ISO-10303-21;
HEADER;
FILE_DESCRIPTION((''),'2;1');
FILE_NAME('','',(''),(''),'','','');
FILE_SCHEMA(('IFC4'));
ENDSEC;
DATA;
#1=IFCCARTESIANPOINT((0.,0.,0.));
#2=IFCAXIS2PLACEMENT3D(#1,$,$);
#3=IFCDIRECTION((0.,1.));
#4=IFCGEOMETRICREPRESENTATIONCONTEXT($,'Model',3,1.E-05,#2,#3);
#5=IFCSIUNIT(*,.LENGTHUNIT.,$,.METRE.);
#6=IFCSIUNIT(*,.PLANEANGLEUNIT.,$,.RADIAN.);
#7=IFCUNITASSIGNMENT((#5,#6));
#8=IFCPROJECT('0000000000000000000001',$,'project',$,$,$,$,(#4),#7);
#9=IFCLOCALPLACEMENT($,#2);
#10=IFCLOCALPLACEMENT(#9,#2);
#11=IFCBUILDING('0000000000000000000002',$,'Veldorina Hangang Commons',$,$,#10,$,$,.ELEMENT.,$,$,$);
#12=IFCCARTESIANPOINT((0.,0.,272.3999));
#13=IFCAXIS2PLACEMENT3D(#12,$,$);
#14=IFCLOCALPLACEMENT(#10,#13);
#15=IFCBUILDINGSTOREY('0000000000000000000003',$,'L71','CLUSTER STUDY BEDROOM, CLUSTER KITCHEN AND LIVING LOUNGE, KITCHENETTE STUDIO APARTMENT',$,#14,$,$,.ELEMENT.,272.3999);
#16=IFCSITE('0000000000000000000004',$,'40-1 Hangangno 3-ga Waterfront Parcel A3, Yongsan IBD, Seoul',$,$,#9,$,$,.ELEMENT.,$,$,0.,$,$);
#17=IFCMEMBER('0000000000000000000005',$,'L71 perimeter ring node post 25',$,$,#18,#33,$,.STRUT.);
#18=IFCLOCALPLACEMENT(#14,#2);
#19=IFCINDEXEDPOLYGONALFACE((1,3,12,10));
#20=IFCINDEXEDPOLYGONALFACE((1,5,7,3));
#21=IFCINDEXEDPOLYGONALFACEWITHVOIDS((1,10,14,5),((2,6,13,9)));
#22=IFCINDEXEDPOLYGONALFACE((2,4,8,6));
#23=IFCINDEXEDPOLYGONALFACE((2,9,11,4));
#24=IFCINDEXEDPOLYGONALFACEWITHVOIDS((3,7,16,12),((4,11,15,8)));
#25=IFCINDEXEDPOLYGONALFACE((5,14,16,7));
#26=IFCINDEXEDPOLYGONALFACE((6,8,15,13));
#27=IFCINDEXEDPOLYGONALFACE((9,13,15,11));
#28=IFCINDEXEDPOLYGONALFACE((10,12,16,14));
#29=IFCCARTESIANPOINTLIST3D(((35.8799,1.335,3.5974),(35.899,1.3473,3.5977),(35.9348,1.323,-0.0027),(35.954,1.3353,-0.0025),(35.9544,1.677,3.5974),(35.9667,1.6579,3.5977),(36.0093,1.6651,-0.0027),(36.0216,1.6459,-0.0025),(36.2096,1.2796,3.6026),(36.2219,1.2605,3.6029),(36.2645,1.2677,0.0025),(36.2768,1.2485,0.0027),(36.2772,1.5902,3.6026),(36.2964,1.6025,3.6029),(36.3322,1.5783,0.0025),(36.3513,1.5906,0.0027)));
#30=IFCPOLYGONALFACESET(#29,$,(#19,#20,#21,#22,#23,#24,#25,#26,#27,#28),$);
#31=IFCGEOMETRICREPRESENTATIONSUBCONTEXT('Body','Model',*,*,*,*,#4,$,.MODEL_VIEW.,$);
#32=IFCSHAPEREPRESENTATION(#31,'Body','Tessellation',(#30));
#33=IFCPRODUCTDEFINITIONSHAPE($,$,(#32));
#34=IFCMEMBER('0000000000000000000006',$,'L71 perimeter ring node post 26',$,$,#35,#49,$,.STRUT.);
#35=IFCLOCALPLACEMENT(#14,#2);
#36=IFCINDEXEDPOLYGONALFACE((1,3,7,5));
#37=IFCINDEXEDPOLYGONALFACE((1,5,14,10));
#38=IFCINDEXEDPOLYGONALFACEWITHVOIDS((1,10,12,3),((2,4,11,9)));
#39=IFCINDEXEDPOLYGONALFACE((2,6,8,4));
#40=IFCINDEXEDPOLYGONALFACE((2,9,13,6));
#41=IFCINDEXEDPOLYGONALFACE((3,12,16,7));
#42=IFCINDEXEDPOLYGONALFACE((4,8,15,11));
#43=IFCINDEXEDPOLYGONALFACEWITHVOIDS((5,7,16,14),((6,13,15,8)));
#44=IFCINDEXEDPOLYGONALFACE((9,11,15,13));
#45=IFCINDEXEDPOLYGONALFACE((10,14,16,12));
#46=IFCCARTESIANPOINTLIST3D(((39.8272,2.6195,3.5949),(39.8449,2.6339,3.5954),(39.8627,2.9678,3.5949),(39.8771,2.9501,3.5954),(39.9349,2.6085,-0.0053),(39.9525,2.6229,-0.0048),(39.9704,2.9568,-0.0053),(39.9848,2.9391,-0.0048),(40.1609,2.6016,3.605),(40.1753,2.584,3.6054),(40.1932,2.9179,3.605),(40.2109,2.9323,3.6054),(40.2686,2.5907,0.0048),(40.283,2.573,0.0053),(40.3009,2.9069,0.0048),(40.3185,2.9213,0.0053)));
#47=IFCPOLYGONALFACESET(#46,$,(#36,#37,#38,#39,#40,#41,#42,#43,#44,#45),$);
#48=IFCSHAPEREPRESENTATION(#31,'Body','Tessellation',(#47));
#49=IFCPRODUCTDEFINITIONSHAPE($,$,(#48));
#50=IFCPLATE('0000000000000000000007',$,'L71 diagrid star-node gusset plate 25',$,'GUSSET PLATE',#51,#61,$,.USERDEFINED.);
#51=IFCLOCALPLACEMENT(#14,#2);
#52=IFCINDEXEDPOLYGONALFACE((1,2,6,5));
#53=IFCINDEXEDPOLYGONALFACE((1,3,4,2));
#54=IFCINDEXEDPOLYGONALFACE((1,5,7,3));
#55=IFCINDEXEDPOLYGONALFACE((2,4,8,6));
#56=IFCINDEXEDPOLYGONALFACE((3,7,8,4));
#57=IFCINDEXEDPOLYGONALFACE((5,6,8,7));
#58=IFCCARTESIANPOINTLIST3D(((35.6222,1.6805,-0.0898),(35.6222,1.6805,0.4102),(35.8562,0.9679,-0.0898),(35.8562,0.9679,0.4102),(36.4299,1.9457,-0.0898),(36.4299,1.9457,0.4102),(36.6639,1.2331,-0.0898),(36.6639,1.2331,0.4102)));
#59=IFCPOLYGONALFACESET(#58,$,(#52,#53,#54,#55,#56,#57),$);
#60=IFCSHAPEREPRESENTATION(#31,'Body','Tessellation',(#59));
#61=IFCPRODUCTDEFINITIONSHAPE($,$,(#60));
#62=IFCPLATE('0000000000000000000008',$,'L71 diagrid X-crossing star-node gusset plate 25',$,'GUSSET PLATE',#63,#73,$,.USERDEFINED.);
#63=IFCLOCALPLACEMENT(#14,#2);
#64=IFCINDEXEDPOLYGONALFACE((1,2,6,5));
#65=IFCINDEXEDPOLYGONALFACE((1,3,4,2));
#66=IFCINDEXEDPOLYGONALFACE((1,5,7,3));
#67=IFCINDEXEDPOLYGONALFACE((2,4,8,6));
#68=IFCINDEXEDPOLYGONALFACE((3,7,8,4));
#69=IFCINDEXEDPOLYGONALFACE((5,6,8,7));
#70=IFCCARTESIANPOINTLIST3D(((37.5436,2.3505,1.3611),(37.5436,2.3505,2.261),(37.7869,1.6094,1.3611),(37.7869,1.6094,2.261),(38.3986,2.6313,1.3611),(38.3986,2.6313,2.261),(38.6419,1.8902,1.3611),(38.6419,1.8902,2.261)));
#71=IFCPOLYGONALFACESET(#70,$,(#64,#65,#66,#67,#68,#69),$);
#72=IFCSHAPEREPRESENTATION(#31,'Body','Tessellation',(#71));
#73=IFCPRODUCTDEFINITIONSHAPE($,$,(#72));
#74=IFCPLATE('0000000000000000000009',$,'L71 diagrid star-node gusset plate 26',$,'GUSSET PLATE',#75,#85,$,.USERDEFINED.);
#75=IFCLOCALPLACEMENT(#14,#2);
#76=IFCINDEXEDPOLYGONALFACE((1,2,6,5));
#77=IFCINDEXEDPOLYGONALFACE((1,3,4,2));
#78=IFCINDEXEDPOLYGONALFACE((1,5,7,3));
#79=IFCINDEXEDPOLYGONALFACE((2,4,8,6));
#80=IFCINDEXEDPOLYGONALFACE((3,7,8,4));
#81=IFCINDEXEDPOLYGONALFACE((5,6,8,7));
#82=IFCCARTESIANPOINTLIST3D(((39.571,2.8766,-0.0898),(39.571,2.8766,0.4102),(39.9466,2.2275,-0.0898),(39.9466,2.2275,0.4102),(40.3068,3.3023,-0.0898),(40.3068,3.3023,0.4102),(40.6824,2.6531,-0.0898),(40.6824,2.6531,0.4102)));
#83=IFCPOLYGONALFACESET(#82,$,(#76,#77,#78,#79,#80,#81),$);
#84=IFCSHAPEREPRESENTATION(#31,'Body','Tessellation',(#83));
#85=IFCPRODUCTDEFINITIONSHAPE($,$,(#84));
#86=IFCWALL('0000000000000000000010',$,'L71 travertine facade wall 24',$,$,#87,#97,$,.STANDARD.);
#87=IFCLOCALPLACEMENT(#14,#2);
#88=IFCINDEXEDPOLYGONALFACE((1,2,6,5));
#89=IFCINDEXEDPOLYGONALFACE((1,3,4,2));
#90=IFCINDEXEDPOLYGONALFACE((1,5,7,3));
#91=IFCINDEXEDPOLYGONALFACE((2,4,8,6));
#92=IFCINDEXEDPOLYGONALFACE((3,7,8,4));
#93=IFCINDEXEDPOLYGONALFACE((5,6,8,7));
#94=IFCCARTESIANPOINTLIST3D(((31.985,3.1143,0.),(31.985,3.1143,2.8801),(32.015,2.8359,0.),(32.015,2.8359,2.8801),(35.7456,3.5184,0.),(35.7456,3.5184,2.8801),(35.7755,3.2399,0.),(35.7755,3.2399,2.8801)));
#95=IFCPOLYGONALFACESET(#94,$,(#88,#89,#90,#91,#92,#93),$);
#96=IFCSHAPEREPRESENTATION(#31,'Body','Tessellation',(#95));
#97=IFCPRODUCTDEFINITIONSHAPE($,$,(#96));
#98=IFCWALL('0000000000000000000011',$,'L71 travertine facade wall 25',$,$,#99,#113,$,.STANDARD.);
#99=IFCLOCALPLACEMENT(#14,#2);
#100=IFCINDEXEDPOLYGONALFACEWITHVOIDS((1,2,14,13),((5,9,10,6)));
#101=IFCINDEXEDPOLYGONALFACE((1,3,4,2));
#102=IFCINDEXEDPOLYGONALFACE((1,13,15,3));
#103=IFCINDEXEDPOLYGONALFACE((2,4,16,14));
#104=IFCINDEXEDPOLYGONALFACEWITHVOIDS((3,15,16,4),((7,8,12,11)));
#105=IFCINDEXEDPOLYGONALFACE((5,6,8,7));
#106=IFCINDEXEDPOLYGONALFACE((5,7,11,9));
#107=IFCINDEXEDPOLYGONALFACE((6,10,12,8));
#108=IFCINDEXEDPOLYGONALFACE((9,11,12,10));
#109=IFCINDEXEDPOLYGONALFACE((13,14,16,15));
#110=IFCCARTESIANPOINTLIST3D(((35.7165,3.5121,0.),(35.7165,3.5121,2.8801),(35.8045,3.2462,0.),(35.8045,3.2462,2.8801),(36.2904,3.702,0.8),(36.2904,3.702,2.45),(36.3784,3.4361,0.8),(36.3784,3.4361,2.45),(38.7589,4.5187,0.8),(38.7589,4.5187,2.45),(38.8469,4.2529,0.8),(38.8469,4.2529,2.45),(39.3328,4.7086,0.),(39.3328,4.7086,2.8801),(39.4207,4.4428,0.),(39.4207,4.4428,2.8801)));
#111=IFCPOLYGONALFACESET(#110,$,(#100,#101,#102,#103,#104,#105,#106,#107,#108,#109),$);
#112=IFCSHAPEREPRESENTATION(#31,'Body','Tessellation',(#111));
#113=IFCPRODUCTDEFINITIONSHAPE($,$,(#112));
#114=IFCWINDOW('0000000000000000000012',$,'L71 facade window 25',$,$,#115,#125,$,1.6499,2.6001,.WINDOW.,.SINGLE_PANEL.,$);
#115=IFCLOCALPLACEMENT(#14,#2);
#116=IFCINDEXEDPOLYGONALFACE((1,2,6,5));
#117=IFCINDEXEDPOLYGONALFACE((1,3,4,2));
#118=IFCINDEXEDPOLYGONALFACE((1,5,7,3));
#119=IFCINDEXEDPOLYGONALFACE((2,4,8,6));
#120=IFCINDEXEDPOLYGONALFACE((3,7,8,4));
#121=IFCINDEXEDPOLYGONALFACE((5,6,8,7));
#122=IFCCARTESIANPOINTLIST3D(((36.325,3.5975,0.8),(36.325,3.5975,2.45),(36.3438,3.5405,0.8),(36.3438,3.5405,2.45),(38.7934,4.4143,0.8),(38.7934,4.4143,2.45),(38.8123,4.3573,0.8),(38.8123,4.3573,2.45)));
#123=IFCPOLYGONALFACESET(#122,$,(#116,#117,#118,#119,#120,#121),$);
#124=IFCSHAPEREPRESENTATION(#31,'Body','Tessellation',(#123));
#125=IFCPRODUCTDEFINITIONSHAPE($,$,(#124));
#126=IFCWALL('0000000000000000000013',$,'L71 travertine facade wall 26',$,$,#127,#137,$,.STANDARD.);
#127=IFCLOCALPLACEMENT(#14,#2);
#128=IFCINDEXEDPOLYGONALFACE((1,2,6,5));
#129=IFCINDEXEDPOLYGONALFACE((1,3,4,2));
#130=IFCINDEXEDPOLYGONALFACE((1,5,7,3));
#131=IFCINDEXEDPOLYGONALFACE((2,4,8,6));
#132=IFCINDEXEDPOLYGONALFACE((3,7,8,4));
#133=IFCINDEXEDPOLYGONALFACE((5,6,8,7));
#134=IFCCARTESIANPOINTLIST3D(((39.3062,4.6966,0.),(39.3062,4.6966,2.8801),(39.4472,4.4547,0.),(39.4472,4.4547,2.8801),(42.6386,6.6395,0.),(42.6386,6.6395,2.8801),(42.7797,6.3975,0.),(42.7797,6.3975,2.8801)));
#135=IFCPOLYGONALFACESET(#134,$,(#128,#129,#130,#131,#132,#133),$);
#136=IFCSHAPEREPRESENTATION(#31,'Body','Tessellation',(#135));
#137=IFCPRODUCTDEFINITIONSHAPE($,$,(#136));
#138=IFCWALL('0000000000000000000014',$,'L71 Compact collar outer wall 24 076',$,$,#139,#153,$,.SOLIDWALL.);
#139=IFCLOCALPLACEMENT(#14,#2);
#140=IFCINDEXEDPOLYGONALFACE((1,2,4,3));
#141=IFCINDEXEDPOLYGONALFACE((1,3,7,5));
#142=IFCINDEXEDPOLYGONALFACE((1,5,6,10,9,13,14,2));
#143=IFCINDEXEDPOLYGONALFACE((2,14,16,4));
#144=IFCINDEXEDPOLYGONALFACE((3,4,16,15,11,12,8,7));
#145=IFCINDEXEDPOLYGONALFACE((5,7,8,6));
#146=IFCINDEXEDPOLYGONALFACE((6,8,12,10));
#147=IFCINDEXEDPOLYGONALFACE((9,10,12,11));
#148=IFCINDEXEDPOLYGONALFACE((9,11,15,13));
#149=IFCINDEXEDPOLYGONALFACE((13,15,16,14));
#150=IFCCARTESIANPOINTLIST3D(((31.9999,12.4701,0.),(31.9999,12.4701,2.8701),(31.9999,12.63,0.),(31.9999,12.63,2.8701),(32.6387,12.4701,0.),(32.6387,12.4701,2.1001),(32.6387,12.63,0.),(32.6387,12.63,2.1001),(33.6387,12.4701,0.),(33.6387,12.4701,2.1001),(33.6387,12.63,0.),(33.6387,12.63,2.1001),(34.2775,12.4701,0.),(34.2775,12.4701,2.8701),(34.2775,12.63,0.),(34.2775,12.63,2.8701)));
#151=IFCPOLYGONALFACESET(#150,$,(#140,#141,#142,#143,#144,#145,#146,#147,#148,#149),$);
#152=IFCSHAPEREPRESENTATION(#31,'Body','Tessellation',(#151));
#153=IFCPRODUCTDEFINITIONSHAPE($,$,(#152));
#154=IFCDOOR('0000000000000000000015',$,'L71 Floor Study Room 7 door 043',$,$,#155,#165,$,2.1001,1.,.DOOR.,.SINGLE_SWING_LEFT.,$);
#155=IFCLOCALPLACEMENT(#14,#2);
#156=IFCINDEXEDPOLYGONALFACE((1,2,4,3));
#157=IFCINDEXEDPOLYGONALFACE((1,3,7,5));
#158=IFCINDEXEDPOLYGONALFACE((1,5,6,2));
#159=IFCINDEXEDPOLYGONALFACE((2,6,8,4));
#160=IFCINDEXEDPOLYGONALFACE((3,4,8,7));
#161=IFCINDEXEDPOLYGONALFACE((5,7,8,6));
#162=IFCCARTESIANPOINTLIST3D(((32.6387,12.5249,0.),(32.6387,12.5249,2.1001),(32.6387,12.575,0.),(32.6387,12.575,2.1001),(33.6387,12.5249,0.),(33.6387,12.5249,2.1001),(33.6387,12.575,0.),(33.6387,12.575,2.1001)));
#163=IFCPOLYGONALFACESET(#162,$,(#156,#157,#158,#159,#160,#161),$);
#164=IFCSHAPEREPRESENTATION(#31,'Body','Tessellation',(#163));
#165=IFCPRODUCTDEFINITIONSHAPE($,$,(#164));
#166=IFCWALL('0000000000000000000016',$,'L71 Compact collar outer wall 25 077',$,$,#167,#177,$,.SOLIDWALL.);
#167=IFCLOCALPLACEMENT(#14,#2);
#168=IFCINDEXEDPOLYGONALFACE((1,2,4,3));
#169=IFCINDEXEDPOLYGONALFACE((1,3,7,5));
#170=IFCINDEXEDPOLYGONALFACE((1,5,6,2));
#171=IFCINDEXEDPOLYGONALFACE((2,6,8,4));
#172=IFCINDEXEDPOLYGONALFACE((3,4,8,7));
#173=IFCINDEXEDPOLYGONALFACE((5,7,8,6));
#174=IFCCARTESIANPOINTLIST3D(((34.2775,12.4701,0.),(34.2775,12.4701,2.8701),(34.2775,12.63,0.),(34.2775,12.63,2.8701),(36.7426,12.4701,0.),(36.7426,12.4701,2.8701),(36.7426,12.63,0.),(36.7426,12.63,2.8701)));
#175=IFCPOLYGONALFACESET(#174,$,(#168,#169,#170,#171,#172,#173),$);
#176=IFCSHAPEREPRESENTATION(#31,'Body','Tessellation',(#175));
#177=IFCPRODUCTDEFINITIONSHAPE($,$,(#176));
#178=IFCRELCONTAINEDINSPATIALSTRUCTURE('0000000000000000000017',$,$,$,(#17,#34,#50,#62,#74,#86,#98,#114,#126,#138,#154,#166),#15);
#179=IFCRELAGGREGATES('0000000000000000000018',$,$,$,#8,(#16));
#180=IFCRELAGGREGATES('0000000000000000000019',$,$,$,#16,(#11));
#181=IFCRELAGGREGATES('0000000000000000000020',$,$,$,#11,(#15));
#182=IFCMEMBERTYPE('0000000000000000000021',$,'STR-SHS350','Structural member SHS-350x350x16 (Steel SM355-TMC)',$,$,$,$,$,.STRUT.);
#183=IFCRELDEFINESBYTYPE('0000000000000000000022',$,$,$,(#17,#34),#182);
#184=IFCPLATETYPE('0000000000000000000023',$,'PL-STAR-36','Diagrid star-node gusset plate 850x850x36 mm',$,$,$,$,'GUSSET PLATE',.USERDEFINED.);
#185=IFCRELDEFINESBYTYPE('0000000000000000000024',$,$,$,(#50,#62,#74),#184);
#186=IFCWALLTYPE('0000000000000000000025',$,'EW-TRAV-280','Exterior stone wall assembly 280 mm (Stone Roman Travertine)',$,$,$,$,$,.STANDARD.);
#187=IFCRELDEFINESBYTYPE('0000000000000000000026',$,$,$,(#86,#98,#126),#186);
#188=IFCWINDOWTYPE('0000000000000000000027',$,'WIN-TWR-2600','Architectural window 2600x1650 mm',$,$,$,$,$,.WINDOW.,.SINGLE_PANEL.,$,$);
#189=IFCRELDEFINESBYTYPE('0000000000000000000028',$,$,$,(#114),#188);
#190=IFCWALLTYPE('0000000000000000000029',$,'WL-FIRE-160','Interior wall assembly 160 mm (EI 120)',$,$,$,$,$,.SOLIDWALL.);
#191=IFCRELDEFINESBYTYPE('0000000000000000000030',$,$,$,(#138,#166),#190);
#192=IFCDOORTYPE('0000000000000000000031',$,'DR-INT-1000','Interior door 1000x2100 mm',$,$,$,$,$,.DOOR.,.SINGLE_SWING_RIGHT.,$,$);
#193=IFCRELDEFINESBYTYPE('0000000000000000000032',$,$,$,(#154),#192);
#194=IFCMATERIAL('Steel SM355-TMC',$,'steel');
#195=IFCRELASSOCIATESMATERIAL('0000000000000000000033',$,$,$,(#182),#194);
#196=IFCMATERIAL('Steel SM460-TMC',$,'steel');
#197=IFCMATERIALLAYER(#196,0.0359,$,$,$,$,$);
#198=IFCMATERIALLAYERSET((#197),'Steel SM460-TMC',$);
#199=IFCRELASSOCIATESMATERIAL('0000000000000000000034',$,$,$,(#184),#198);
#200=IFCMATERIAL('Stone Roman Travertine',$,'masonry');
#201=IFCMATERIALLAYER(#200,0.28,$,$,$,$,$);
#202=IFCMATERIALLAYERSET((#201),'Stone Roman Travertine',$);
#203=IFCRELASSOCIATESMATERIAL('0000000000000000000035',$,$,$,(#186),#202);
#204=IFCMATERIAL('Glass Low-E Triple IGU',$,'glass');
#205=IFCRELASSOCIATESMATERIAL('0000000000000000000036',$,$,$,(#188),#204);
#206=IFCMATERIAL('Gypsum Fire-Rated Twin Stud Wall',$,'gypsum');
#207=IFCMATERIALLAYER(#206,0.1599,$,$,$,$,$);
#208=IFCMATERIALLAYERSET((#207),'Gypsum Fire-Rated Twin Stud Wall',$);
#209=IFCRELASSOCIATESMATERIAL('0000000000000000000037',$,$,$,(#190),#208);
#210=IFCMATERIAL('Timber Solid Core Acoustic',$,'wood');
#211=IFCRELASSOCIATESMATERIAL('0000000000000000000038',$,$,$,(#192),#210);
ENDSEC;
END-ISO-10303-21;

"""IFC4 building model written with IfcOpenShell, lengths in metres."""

from ifc_helpers import new_model, si_unit, direction, frame, frame_2d, origin, origin_2d, place, context, subcontext, project, spatial, rectangle, hollow_rectangle, extrude, material, layer, layer_set, material_profile, profile_set, type_object, element, fill, save


model = new_model("IFC4")

# Units and contexts
model_context = context("Model", 3, precision=1e-05, world=origin(), true_north=direction((0.0, 1.0)))
body_context = subcontext(model_context, "Body", "Model", "MODEL_VIEW")
ifc_project = project(units=[si_unit("LENGTHUNIT", "METRE"), si_unit("PLANEANGLEUNIT", "RADIAN")], contexts=[model_context])

# Site, building, storey
site_placement = place(None, origin())
site = spatial("IfcSite", under=ifc_project, at=site_placement, Name="40-1 Hangangno 3-ga Waterfront Parcel A3, Yongsan IBD, Seoul", CompositionType="ELEMENT", RefElevation=0.0)
building_placement = place(site_placement, origin())
building = spatial("IfcBuilding", under=site, at=building_placement, Name="Veldorina Hangang Commons", CompositionType="ELEMENT")
storey_placement = place(building_placement, frame((0.0, 0.0, 272.3999)))
storey = spatial("IfcBuildingStorey", under=building, at=storey_placement, Name="L71", Description="CLUSTER STUDY BEDROOM, CLUSTER KITCHEN AND LIVING LOUNGE, KITCHENETTE STUDIO APARTMENT", CompositionType="ELEMENT", Elevation=272.3999)

# Shared definitions
ifc_material_1 = material(Name="Steel SM355-TMC", Category="steel")

# Members
ifc_material_profile_1 = material_profile(ifc_material_1, hollow_rectangle(XDim=0.3501, YDim=0.3501, WallThickness=0.0161, at=origin_2d()), Name="SHS-350x350x16")
ifc_profile_set_1 = profile_set([ifc_material_profile_1], Name="Steel SM355-TMC")
member_type_1 = type_object("IfcMemberType", Name="STR-SHS350", Description="Structural member SHS-350x350x16 (Steel SM355-TMC)", PredefinedType="STRUT", material=ifc_profile_set_1)
member_1_placement = place(storey_placement, frame((36.1431, 1.4568, 0.0), z_axis=(-0.015257, 0.003323, 0.999878), x_axis=(-0.21279, -0.977098, 0.0)))
element("IfcMember", 1, at=member_1_placement, inside=storey, type_object=member_type_1, Name="L71 perimeter ring node post 25", PredefinedType="STRUT", context=body_context, shape_type="SweptSolid", body=[
    extrude(hollow_rectangle(XDim=0.3501, YDim=0.3501, WallThickness=0.0161, at=origin_2d()), origin(), (0.0, 0.0, 1.0), 3.6006),
])
member_2_placement = place(storey_placement, frame((40.1267, 2.7649, 0.0), z_axis=(-0.029893, 0.00305, 0.999548), x_axis=(-0.101514, -0.994834, 0.0)))
element("IfcMember", 2, at=member_2_placement, inside=storey, type_object=member_type_1, Name="L71 perimeter ring node post 26", PredefinedType="STRUT", context=body_context, shape_type="SweptSolid", body=[
    extrude(hollow_rectangle(XDim=0.3501, YDim=0.3501, WallThickness=0.0161, at=origin_2d()), origin(), (0.0, 0.0, 1.0), 3.6018),
])

# Plates
ifc_material_2 = material(Name="Steel SM460-TMC", Category="steel")
ifc_layer_1 = layer(ifc_material_2, 0.0359)
ifc_layer_set_1 = layer_set([ifc_layer_1], Name="Steel SM460-TMC")
plate_type = type_object("IfcPlateType", Name="PL-STAR-36", Description="Diagrid star-node gusset plate 850x850x36 mm", ElementType="GUSSET PLATE", PredefinedType="USERDEFINED", material=ifc_layer_set_1)
plate_1_placement = place(storey_placement, frame((36.1431, 1.4568, -0.0898), z_axis=(0.0, 0.0, 1.0), x_axis=(0.950097, 0.311954, 0.0)))
element("IfcPlate", 3, at=plate_1_placement, inside=storey, type_object=plate_type, Name="L71 diagrid star-node gusset plate 25", ObjectType="GUSSET PLATE", PredefinedType="USERDEFINED", context=body_context, shape_type="SweptSolid", body=[
    extrude(rectangle(XDim=0.8501, YDim=0.75, at=origin_2d()), origin(), (0.0, 0.0, 1.0), 0.5),
])
plate_2_placement = place(storey_placement, frame((38.0928, 2.1204, 1.3611), z_axis=(0.0, 0.0, 1.0), x_axis=(0.950097, 0.311954, 0.0)))
element("IfcPlate", 4, at=plate_2_placement, inside=storey, type_object=plate_type, Name="L71 diagrid X-crossing star-node gusset plate 25", ObjectType="GUSSET PLATE", PredefinedType="USERDEFINED", context=body_context, shape_type="SweptSolid", body=[
    extrude(rectangle(XDim=0.8999, YDim=0.78, at=origin_2d()), origin(), (0.0, 0.0, 1.0), 0.8999),
])
plate_3_placement = place(storey_placement, frame((40.1267, 2.7649, -0.0898), z_axis=(0.0, 0.0, 1.0), x_axis=(0.865589, 0.500756, 0.0)))
element("IfcPlate", 5, at=plate_3_placement, inside=storey, type_object=plate_type, Name="L71 diagrid star-node gusset plate 26", ObjectType="GUSSET PLATE", PredefinedType="USERDEFINED", context=body_context, shape_type="SweptSolid", body=[
    extrude(rectangle(XDim=0.8501, YDim=0.75, at=origin_2d()), origin(), (0.0, 0.0, 1.0), 0.5),
])

# Wall
ifc_material_3 = material(Name="Stone Roman Travertine", Category="masonry")
ifc_layer_2 = layer(ifc_material_3, 0.28)
ifc_layer_set_2 = layer_set([ifc_layer_2], Name="Stone Roman Travertine")
wall_type_1 = type_object("IfcWallType", Name="EW-TRAV-280", Description="Exterior stone wall assembly 280 mm (Stone Roman Travertine)", PredefinedType="STANDARD", material=ifc_layer_set_2)
wall_1_placement = place(storey_placement, frame((32.0, 2.9751, 0.0), z_axis=(0.0, 0.0, 1.0), x_axis=(0.994277, 0.106832, 0.0)))
element("IfcWall", 6, at=wall_1_placement, inside=storey, type_object=wall_type_1, Name="L71 travertine facade wall 24", PredefinedType="STANDARD", context=body_context, shape_type="SweptSolid", body=[
    extrude(rectangle(XDim=3.7822, YDim=0.28, at=frame_2d((1.8911, 0.0))), origin(), (0.0, 0.0, 1.0), 2.8801),
])

# Wall, opening, window
wall_2_placement = place(storey_placement, frame((35.7605, 3.3792, 0.0), z_axis=(0.0, 0.0, 1.0), x_axis=(0.94938, 0.314131, 0.0)))
wall_2 = element("IfcWall", 7, at=wall_2_placement, inside=storey, type_object=wall_type_1, Name="L71 travertine facade wall 25", PredefinedType="STANDARD", context=body_context, shape_type="SweptSolid", body=[
    extrude(rectangle(XDim=3.8091, YDim=0.28, at=frame_2d((1.9045, 0.0))), origin(), (0.0, 0.0, 1.0), 2.8801),
])
opening_1_placement = place(wall_2_placement, frame((0.6045, 0.0, 0.8)))
opening_1 = element("IfcOpeningElement", 8, at=opening_1_placement, cuts=wall_2, PredefinedType="OPENING", context=body_context, shape_type="SweptSolid", body=[
    extrude(rectangle(XDim=2.6001, YDim=1.6499, at=frame_2d((1.3, 0.825))), frame((0.0, 0.1499, 0.0), z_axis=(0.0, -1.0, 0.0), x_axis=(1.0, 0.0, 0.0)), (0.0, 0.0, 1.0), 0.3),
])
ifc_material_4 = material(Name="Glass Low-E Triple IGU", Category="glass")
window_type = type_object("IfcWindowType", Name="WIN-TWR-2600", Description="Architectural window 2600x1650 mm", PartitioningType="SINGLE_PANEL", PredefinedType="WINDOW", material=ifc_material_4)
window_placement = place(opening_1_placement, origin())
window = element("IfcWindow", 9, at=window_placement, inside=storey, type_object=window_type, Name="L71 facade window 25", OverallHeight=1.6499, OverallWidth=2.6001, PartitioningType="SINGLE_PANEL", PredefinedType="WINDOW", context=body_context, shape_type="SweptSolid", body=[
    extrude(rectangle(XDim=2.6001, YDim=1.6499, at=frame_2d((1.3, 0.825))), frame((0.0, 0.03, 0.0), z_axis=(0.0, -1.0, 0.0), x_axis=(1.0, 0.0, 0.0)), (0.0, 0.0, 1.0), 0.0601),
])
fill(opening_1, window)

# Wall
wall_3_placement = place(storey_placement, frame((39.3767, 4.5757, 0.0), z_axis=(0.0, 0.0, 1.0), x_axis=(0.863903, 0.503659, 0.0)))
element("IfcWall", 10, at=wall_3_placement, inside=storey, type_object=wall_type_1, Name="L71 travertine facade wall 26", PredefinedType="STANDARD", context=body_context, shape_type="SweptSolid", body=[
    extrude(rectangle(XDim=3.8574, YDim=0.28, at=frame_2d((1.9287, 0.0))), origin(), (0.0, 0.0, 1.0), 2.8801),
])

# Wall, opening, door
ifc_material_5 = material(Name="Gypsum Fire-Rated Twin Stud Wall", Category="gypsum")
ifc_layer_3 = layer(ifc_material_5, 0.1599)
ifc_layer_set_3 = layer_set([ifc_layer_3], Name="Gypsum Fire-Rated Twin Stud Wall")
wall_type_2 = type_object("IfcWallType", Name="WL-FIRE-160", Description="Interior wall assembly 160 mm (EI 120)", PredefinedType="SOLIDWALL", material=ifc_layer_set_3)
wall_4_placement = place(storey_placement, frame((32.0, 12.55, 0.0), z_axis=(0.0, 0.0, 1.0), x_axis=(1.0, 0.0, 0.0)))
wall_4 = element("IfcWall", 11, at=wall_4_placement, inside=storey, type_object=wall_type_2, Name="L71 Compact collar outer wall 24 076", PredefinedType="SOLIDWALL", context=body_context, shape_type="SweptSolid", body=[
    extrude(rectangle(XDim=2.2776, YDim=0.1599, at=frame_2d((1.1387, 0.0))), origin(), (0.0, 0.0, 1.0), 2.8701),
])
opening_2_placement = place(wall_4_placement, frame((0.6387, 0.0, 0.0)))
opening_2 = element("IfcOpeningElement", 12, at=opening_2_placement, cuts=wall_4, PredefinedType="OPENING", context=body_context, shape_type="SweptSolid", body=[
    extrude(rectangle(XDim=1.0, YDim=2.1001, at=frame_2d((0.5, 1.05))), frame((0.0, 0.0898, 0.0), z_axis=(0.0, -1.0, 0.0), x_axis=(1.0, 0.0, 0.0)), (0.0, 0.0, 1.0), 0.1799),
])
ifc_material_6 = material(Name="Timber Solid Core Acoustic", Category="wood")
door_type_1 = type_object("IfcDoorType", Name="DR-INT-1000", Description="Interior door 1000x2100 mm", OperationType="SINGLE_SWING_RIGHT", PredefinedType="DOOR", material=ifc_material_6)
door_1_placement = place(opening_2_placement, origin())
door_1 = element("IfcDoor", 13, at=door_1_placement, inside=storey, type_object=door_type_1, Name="L71 Floor Study Room 7 door 043", OperationType="SINGLE_SWING_LEFT", OverallHeight=2.1001, OverallWidth=1.0, PredefinedType="DOOR", context=body_context, shape_type="SweptSolid", body=[
    extrude(rectangle(XDim=1.0, YDim=2.1001, at=frame_2d((0.5, 1.05))), frame((0.0, 0.0249, 0.0), z_axis=(0.0, -1.0, 0.0), x_axis=(1.0, 0.0, 0.0)), (0.0, 0.0, 1.0), 0.05),
])
fill(opening_2, door_1)

# Wall
wall_5_placement = place(storey_placement, frame((34.2776, 12.55, 0.0), z_axis=(0.0, 0.0, 1.0), x_axis=(1.0, 0.0, 0.0)))
element("IfcWall", 14, at=wall_5_placement, inside=storey, type_object=wall_type_2, Name="L71 Compact collar outer wall 25 077", PredefinedType="SOLIDWALL", context=body_context, shape_type="SweptSolid", body=[
    extrude(rectangle(XDim=2.4651, YDim=0.1599, at=frame_2d((1.2324, 0.0))), origin(), (0.0, 0.0, 1.0), 2.8701),
])

save(model, "model.ifc")
